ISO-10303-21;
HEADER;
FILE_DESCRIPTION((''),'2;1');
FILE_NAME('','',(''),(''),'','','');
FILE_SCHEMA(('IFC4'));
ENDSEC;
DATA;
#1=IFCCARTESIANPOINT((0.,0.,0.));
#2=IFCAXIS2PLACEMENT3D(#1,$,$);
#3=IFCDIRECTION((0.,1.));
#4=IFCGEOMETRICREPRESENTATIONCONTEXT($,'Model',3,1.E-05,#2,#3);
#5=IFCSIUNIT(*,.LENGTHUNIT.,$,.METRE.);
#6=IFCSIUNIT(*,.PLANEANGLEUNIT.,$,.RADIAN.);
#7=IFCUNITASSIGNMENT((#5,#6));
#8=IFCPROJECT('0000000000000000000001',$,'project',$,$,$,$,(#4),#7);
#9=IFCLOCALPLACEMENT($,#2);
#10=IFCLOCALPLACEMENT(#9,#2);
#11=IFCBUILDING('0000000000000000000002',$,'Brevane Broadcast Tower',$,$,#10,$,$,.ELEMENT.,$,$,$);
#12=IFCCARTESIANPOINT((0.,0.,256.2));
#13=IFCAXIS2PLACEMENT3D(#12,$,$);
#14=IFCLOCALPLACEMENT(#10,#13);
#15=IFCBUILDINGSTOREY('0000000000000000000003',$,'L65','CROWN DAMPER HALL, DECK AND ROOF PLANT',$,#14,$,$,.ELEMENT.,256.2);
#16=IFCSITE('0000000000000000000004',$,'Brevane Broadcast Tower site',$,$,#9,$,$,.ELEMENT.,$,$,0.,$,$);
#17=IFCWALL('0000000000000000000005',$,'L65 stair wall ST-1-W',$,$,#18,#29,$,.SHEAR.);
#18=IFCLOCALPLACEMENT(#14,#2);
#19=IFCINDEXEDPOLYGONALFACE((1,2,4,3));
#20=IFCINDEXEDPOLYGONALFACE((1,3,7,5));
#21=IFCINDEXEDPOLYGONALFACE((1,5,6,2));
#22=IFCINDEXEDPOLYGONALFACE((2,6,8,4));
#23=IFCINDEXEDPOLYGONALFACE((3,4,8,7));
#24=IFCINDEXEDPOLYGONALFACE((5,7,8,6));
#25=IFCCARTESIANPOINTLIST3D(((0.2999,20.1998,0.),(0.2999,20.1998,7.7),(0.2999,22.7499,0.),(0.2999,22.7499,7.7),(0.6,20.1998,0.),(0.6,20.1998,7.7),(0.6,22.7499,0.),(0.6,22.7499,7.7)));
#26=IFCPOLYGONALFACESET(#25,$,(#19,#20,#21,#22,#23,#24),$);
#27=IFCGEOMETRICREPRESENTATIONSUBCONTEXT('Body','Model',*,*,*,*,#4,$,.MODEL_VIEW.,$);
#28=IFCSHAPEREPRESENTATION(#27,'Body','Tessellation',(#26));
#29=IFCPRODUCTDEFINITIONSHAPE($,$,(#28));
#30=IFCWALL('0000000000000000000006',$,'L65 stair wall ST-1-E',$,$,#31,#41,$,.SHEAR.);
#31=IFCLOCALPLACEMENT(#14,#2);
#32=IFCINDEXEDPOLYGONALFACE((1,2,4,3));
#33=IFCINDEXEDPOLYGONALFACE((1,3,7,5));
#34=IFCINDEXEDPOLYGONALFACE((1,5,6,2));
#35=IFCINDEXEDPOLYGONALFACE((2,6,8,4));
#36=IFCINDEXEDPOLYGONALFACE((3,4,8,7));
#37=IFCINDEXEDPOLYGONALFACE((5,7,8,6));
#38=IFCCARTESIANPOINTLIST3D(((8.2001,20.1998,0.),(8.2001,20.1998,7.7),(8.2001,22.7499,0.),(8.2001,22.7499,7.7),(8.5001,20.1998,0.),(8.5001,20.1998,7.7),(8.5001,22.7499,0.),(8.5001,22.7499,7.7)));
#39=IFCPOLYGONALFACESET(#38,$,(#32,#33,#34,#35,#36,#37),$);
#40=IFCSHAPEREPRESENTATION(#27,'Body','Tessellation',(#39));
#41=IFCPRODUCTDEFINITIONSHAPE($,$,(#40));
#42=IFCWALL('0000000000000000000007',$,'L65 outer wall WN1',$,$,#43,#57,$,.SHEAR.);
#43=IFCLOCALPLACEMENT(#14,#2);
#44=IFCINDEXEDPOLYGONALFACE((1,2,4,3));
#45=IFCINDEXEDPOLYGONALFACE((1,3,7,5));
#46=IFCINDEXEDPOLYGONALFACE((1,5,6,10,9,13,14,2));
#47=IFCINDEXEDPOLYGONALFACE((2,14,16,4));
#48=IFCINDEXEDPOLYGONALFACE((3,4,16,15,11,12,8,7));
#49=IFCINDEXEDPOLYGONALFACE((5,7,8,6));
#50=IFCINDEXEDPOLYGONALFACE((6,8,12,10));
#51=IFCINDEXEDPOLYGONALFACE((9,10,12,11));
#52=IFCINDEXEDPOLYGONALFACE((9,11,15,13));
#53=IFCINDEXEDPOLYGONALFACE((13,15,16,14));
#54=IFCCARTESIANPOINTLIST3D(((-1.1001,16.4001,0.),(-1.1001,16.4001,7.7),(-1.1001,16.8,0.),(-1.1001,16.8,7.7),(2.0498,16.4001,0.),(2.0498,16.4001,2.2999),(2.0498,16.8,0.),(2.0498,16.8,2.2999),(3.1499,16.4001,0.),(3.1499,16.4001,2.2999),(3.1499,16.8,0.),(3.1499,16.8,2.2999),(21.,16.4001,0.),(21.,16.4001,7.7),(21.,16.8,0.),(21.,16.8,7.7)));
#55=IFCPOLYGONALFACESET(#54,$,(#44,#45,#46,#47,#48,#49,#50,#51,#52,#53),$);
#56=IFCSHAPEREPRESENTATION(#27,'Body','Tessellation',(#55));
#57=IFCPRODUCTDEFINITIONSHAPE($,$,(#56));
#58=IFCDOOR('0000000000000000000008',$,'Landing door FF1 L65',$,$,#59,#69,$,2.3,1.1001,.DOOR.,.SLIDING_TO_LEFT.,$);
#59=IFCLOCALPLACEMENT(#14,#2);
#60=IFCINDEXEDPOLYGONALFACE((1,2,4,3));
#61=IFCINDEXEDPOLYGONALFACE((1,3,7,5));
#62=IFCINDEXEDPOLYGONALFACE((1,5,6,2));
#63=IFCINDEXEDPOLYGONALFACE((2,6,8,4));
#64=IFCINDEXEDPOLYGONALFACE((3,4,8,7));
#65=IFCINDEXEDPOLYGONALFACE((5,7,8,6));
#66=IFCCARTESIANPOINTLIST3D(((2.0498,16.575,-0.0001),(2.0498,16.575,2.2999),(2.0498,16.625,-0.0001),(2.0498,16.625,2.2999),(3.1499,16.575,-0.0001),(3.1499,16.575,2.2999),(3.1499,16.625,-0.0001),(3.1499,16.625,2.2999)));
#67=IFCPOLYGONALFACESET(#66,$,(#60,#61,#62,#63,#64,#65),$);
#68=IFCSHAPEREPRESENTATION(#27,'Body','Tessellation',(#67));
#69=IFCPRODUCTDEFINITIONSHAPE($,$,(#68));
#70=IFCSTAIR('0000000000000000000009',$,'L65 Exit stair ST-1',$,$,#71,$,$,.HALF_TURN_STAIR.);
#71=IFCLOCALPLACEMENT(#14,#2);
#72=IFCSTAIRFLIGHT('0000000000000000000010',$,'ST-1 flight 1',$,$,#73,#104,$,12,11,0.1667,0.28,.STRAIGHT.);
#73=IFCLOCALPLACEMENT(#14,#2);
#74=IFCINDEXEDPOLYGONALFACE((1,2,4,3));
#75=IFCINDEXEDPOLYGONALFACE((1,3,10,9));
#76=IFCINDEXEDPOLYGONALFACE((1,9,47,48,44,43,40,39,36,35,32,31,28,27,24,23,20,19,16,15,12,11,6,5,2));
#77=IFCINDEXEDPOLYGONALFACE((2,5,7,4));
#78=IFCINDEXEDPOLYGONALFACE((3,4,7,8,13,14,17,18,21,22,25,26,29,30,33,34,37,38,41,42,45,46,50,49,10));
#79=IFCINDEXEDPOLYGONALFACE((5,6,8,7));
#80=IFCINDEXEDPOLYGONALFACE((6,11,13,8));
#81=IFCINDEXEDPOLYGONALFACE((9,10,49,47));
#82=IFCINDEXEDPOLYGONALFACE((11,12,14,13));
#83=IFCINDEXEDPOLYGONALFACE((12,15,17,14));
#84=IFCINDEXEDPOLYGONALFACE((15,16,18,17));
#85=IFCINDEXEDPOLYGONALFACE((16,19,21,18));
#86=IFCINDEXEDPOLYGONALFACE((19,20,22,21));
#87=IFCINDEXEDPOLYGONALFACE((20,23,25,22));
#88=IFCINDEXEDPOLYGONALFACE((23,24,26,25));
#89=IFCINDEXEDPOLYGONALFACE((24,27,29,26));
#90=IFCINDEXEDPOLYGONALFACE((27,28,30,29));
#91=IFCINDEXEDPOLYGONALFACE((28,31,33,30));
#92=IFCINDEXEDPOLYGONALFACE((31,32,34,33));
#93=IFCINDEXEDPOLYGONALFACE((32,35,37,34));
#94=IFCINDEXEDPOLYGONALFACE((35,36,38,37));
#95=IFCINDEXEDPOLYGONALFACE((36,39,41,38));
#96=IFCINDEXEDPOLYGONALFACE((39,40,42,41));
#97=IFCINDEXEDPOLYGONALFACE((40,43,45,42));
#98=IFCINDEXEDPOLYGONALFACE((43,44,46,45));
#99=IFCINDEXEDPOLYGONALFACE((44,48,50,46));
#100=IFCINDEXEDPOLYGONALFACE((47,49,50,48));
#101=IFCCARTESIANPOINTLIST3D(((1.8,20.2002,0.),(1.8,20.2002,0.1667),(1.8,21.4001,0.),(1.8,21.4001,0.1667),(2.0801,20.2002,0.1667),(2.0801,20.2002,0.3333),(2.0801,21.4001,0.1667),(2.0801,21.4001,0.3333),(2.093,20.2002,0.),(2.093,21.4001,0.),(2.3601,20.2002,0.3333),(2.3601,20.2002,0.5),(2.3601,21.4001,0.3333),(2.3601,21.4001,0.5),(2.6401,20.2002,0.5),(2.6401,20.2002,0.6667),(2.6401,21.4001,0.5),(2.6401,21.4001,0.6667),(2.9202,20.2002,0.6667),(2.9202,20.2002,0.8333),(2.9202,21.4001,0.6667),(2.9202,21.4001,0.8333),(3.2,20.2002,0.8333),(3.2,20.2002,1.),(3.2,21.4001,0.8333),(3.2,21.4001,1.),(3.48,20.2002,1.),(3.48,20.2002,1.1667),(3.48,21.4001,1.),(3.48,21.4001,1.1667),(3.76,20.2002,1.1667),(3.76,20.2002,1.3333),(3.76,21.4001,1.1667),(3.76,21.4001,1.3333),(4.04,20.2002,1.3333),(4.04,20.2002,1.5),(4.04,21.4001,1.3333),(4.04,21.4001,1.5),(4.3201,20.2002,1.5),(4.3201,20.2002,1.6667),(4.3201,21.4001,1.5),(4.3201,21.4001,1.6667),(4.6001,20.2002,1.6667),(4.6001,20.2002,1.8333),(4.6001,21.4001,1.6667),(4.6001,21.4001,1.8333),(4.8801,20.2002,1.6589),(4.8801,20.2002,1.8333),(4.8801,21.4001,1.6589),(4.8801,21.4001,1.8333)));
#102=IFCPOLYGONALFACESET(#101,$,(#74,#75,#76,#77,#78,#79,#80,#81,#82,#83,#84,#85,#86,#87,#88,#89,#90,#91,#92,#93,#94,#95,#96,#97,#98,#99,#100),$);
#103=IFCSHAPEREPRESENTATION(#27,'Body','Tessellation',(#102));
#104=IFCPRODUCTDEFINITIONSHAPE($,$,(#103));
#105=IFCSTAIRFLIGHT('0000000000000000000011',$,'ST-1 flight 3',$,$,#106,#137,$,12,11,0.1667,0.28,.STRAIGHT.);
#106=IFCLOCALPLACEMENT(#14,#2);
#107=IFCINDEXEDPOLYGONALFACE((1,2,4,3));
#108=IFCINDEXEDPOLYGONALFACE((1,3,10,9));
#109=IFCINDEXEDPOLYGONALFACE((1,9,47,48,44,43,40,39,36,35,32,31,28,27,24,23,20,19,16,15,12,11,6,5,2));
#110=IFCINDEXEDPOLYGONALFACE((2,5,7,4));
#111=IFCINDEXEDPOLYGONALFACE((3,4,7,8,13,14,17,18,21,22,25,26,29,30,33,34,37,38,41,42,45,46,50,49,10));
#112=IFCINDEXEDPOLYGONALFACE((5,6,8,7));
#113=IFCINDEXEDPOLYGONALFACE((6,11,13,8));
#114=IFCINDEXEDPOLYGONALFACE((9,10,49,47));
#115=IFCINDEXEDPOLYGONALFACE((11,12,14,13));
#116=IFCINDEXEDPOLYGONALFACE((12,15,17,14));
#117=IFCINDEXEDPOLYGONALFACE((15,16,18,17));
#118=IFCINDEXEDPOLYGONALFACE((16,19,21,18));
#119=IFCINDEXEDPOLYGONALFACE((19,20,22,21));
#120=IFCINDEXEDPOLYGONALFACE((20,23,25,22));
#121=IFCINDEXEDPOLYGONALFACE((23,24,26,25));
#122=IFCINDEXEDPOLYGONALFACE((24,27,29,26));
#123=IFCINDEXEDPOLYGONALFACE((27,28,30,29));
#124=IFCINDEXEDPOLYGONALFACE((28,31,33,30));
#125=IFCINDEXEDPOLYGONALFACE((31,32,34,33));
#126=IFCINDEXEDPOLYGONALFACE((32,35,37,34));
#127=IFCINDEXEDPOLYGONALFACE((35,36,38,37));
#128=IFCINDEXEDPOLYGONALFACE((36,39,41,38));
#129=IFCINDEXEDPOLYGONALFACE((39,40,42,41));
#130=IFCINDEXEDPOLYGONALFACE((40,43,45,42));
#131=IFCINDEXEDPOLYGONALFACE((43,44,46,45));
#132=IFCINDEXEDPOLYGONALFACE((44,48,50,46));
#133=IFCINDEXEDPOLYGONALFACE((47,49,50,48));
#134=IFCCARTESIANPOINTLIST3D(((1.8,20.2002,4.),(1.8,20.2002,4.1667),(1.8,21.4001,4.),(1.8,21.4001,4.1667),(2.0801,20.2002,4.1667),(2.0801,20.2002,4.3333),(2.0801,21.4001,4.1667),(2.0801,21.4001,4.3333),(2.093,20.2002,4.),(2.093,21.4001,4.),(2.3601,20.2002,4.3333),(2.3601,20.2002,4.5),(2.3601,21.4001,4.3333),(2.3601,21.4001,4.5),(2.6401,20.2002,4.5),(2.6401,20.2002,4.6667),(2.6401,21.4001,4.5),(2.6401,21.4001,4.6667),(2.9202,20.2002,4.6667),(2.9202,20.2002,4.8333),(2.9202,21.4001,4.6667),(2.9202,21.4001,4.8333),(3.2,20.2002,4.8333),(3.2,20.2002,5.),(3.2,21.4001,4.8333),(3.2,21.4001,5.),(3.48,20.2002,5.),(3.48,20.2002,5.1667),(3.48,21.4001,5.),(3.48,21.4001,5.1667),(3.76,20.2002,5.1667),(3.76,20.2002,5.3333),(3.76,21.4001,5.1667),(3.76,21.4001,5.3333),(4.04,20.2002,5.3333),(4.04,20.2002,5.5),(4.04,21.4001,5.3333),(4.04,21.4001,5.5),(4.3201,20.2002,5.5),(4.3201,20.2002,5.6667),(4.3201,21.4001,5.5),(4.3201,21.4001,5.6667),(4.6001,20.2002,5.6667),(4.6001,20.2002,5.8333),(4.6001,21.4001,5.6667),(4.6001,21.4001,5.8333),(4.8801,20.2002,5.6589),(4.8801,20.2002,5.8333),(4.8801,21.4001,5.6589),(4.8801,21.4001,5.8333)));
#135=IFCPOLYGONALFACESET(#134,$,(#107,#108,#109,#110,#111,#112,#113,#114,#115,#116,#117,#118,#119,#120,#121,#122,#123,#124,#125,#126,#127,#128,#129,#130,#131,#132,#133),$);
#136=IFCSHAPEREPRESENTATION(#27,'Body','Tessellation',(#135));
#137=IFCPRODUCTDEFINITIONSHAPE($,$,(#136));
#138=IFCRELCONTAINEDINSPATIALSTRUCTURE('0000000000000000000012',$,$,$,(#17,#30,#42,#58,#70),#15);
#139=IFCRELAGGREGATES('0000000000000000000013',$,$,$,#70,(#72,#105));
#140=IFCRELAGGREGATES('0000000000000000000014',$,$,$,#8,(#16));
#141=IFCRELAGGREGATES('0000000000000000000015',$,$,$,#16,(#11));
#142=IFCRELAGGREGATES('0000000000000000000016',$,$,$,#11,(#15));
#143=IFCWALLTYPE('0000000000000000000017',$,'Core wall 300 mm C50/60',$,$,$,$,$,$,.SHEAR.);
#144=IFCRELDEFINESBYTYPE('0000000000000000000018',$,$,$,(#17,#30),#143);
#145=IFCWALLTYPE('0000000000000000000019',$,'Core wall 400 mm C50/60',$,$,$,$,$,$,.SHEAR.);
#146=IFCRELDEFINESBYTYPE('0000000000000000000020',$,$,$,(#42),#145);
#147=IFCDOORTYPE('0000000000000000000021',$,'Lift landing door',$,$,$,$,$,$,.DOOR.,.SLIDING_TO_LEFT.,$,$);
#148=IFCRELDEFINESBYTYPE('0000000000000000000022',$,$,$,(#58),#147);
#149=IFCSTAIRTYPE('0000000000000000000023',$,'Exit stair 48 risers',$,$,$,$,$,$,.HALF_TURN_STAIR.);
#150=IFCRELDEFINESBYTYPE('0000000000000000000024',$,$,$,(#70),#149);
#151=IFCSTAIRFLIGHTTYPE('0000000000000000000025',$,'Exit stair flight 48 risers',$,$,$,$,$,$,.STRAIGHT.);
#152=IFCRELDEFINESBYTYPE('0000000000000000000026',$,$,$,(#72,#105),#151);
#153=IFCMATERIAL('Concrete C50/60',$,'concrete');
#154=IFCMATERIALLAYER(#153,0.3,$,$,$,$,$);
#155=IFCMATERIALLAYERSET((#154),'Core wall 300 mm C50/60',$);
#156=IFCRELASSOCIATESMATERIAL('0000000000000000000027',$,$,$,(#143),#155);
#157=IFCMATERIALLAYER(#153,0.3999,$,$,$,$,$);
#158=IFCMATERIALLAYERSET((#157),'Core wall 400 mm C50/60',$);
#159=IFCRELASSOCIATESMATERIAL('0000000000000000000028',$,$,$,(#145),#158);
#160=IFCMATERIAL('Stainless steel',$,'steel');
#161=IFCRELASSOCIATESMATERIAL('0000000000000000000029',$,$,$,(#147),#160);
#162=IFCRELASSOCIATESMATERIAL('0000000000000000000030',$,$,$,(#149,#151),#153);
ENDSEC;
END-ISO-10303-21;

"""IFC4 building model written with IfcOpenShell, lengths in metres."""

from ifc_helpers import new_model, si_unit, direction, frame, frame_2d, origin, place, context, subcontext, project, spatial, polyline, rectangle, outline, extrude, material, layer, layer_set, type_object, element, fill, aggregate, save


model = new_model("IFC4")

# Units and contexts
model_context = context("Model", 3, precision=1e-05, world=origin(), true_north=direction((0.0, 1.0)))
body_context = subcontext(model_context, "Body", "Model", "MODEL_VIEW")
ifc_project = project(units=[si_unit("LENGTHUNIT", "METRE"), si_unit("PLANEANGLEUNIT", "RADIAN")], contexts=[model_context])

# Site, building, storey
site_placement = place(None, origin())
site = spatial("IfcSite", under=ifc_project, at=site_placement, Name="Brevane Broadcast Tower site", CompositionType="ELEMENT", RefElevation=0.0)
building_placement = place(site_placement, origin())
building = spatial("IfcBuilding", under=site, at=building_placement, Name="Brevane Broadcast Tower", CompositionType="ELEMENT")
storey_placement = place(building_placement, frame((0.0, 0.0, 256.2)))
storey = spatial("IfcBuildingStorey", under=building, at=storey_placement, Name="L65", Description="CROWN DAMPER HALL, DECK AND ROOF PLANT", CompositionType="ELEMENT", Elevation=256.2)

# Shared definitions
ifc_material_1 = material(Name="Concrete C50/60", Category="concrete")
ifc_layer_1 = layer(ifc_material_1, 0.3)
ifc_layer_set_1 = layer_set([ifc_layer_1], Name="Core wall 300 mm C50/60")
wall_type_1 = type_object("IfcWallType", Name="Core wall 300 mm C50/60", PredefinedType="SHEAR", material=ifc_layer_set_1)

# Walls
for number, where, z_axis, x_axis, name in (
    (1, (0.45, 20.2, 0.0), (0.0, 0.0, 1.0), (0.0, 1.0, 0.0), "L65 stair wall ST-1-W"),
    (2, (8.3501, 20.2, 0.0), (0.0, 0.0, 1.0), (0.0, 1.0, 0.0), "L65 stair wall ST-1-E"),
):
    element("IfcWall", number, at=place(storey_placement, frame(where, z_axis=z_axis, x_axis=x_axis)), inside=storey, type_object=wall_type_1, Name=name, PredefinedType="SHEAR", context=body_context, shape_type="SweptSolid", body=[
        extrude(rectangle(XDim=2.55, YDim=0.3, at=frame_2d((1.2749, 0.0))), origin(), (0.0, 0.0, 1.0), 7.7),
    ])

# Wall, opening, door
ifc_layer_2 = layer(ifc_material_1, 0.3999)
ifc_layer_set_2 = layer_set([ifc_layer_2], Name="Core wall 400 mm C50/60")
wall_type_2 = type_object("IfcWallType", Name="Core wall 400 mm C50/60", PredefinedType="SHEAR", material=ifc_layer_set_2)
wall_1_placement = place(storey_placement, frame((-1.1001, 16.6001, 0.0), z_axis=(0.0, 0.0, 1.0), x_axis=(1.0, 0.0, 0.0)))
wall_1 = element("IfcWall", 3, at=wall_1_placement, inside=storey, type_object=wall_type_2, Name="L65 outer wall WN1", PredefinedType="SHEAR", context=body_context, shape_type="SweptSolid", body=[
    extrude(rectangle(XDim=22.1001, YDim=0.3999, at=frame_2d((11.05, 0.0))), origin(), (0.0, 0.0, 1.0), 7.7),
])
opening_1_placement = place(wall_1_placement, frame((3.1499, 0.0, 0.0)))
opening_1 = element("IfcOpeningElement", 4, at=opening_1_placement, cuts=wall_1, PredefinedType="OPENING", context=body_context, shape_type="SweptSolid", body=[
    extrude(rectangle(XDim=1.1001, YDim=2.3, at=frame_2d((0.55, 1.1499))), frame((0.0, 0.21, 0.0), z_axis=(0.0, -1.0, 0.0), x_axis=(1.0, 0.0, 0.0)), (0.0, 0.0, 1.0), 0.4199),
])
ifc_material_2 = material(Name="Stainless steel", Category="steel")
door_type_1 = type_object("IfcDoorType", Name="Lift landing door", OperationType="SLIDING_TO_LEFT", PredefinedType="DOOR", material=ifc_material_2)
door_1_placement = place(opening_1_placement, origin())
door_1 = element("IfcDoor", 5, at=door_1_placement, inside=storey, type_object=door_type_1, Name="Landing door FF1 L65", OperationType="SLIDING_TO_LEFT", OverallHeight=2.3, OverallWidth=1.1001, PredefinedType="DOOR", context=body_context, shape_type="SweptSolid", body=[
    extrude(rectangle(XDim=1.1001, YDim=2.3, at=frame_2d((0.55, 1.1499))), frame((0.0, 0.0249, 0.0), z_axis=(0.0, -1.0, 0.0), x_axis=(1.0, 0.0, 0.0)), (0.0, 0.0, 1.0), 0.05),
])
fill(opening_1, door_1)

# Stair, stair flights
stair_type = type_object("IfcStairType", Name="Exit stair 48 risers", PredefinedType="HALF_TURN_STAIR", material=ifc_material_1)
stair_placement = place(storey_placement, origin())
stair = element("IfcStair", 6, at=stair_placement, inside=storey, type_object=stair_type, Name="L65 Exit stair ST-1", PredefinedType="HALF_TURN_STAIR")
stair_flight_type = type_object("IfcStairFlightType", Name="Exit stair flight 48 risers", PredefinedType="STRAIGHT", material=ifc_material_1)
stair_flight_1_placement = place(storey_placement, frame((1.8, 20.8, 0.0), z_axis=(0.0, 0.0, 1.0), x_axis=(1.0, 0.0, 0.0)))
stair_flight_1 = element("IfcStairFlight", 7, at=stair_flight_1_placement, type_object=stair_flight_type, Name="ST-1 flight 1", NumberOfRisers=12, NumberOfTreads=11, PredefinedType="STRAIGHT", RiserHeight=0.1667, TreadLength=0.28, context=body_context, shape_type="SweptSolid", body=[
    extrude(outline(polyline([(0.0, 0.0), (0.0, 0.1667), (0.28, 0.1667), (0.28, 0.3333), (0.5601, 0.3333), (0.5601, 0.5), (0.8401, 0.5), (0.8401, 0.6667), (1.1201, 0.6667), (1.1201, 0.8333), (1.3999, 0.8333), (1.3999, 1.0), (1.6799, 1.0), (1.6799, 1.1667), (1.96, 1.1667), (1.96, 1.3333), (2.24, 1.3333), (2.24, 1.5), (2.52, 1.5), (2.52, 1.6667), (2.8, 1.6667), (2.8, 1.8333), (3.0801, 1.8333), (3.0801, 2.0), (3.0801, 1.6589), (0.293, 0.0), (0.0, 0.0)])), frame((0.0, 0.6001, 0.0), z_axis=(0.0, -1.0, 0.0), x_axis=(1.0, 0.0, 0.0)), (0.0, 0.0, 1.0), 1.2),
])
stair_flight_2_placement = place(storey_placement, frame((1.8, 20.8, 4.0), z_axis=(0.0, 0.0, 1.0), x_axis=(1.0, 0.0, 0.0)))
stair_flight_2 = element("IfcStairFlight", 8, at=stair_flight_2_placement, type_object=stair_flight_type, Name="ST-1 flight 3", NumberOfRisers=12, NumberOfTreads=11, PredefinedType="STRAIGHT", RiserHeight=0.1667, TreadLength=0.28, context=body_context, shape_type="SweptSolid", body=[
    extrude(outline(polyline([(0.0, 0.0), (0.0, 0.1667), (0.28, 0.1667), (0.28, 0.3333), (0.5601, 0.3333), (0.5601, 0.5), (0.8401, 0.5), (0.8401, 0.6667), (1.1201, 0.6667), (1.1201, 0.8333), (1.3999, 0.8333), (1.3999, 1.0), (1.6799, 1.0), (1.6799, 1.1667), (1.96, 1.1667), (1.96, 1.3333), (2.24, 1.3333), (2.24, 1.5), (2.52, 1.5), (2.52, 1.6667), (2.8, 1.6667), (2.8, 1.8333), (3.0801, 1.8333), (3.0801, 2.0), (3.0801, 1.6589), (0.293, 0.0), (0.0, 0.0)])), frame((0.0, 0.6001, 0.0), z_axis=(0.0, -1.0, 0.0), x_axis=(1.0, 0.0, 0.0)), (0.0, 0.0, 1.0), 1.2),
])
aggregate(stair, [stair_flight_1, stair_flight_2])

save(model, "model.ifc")
